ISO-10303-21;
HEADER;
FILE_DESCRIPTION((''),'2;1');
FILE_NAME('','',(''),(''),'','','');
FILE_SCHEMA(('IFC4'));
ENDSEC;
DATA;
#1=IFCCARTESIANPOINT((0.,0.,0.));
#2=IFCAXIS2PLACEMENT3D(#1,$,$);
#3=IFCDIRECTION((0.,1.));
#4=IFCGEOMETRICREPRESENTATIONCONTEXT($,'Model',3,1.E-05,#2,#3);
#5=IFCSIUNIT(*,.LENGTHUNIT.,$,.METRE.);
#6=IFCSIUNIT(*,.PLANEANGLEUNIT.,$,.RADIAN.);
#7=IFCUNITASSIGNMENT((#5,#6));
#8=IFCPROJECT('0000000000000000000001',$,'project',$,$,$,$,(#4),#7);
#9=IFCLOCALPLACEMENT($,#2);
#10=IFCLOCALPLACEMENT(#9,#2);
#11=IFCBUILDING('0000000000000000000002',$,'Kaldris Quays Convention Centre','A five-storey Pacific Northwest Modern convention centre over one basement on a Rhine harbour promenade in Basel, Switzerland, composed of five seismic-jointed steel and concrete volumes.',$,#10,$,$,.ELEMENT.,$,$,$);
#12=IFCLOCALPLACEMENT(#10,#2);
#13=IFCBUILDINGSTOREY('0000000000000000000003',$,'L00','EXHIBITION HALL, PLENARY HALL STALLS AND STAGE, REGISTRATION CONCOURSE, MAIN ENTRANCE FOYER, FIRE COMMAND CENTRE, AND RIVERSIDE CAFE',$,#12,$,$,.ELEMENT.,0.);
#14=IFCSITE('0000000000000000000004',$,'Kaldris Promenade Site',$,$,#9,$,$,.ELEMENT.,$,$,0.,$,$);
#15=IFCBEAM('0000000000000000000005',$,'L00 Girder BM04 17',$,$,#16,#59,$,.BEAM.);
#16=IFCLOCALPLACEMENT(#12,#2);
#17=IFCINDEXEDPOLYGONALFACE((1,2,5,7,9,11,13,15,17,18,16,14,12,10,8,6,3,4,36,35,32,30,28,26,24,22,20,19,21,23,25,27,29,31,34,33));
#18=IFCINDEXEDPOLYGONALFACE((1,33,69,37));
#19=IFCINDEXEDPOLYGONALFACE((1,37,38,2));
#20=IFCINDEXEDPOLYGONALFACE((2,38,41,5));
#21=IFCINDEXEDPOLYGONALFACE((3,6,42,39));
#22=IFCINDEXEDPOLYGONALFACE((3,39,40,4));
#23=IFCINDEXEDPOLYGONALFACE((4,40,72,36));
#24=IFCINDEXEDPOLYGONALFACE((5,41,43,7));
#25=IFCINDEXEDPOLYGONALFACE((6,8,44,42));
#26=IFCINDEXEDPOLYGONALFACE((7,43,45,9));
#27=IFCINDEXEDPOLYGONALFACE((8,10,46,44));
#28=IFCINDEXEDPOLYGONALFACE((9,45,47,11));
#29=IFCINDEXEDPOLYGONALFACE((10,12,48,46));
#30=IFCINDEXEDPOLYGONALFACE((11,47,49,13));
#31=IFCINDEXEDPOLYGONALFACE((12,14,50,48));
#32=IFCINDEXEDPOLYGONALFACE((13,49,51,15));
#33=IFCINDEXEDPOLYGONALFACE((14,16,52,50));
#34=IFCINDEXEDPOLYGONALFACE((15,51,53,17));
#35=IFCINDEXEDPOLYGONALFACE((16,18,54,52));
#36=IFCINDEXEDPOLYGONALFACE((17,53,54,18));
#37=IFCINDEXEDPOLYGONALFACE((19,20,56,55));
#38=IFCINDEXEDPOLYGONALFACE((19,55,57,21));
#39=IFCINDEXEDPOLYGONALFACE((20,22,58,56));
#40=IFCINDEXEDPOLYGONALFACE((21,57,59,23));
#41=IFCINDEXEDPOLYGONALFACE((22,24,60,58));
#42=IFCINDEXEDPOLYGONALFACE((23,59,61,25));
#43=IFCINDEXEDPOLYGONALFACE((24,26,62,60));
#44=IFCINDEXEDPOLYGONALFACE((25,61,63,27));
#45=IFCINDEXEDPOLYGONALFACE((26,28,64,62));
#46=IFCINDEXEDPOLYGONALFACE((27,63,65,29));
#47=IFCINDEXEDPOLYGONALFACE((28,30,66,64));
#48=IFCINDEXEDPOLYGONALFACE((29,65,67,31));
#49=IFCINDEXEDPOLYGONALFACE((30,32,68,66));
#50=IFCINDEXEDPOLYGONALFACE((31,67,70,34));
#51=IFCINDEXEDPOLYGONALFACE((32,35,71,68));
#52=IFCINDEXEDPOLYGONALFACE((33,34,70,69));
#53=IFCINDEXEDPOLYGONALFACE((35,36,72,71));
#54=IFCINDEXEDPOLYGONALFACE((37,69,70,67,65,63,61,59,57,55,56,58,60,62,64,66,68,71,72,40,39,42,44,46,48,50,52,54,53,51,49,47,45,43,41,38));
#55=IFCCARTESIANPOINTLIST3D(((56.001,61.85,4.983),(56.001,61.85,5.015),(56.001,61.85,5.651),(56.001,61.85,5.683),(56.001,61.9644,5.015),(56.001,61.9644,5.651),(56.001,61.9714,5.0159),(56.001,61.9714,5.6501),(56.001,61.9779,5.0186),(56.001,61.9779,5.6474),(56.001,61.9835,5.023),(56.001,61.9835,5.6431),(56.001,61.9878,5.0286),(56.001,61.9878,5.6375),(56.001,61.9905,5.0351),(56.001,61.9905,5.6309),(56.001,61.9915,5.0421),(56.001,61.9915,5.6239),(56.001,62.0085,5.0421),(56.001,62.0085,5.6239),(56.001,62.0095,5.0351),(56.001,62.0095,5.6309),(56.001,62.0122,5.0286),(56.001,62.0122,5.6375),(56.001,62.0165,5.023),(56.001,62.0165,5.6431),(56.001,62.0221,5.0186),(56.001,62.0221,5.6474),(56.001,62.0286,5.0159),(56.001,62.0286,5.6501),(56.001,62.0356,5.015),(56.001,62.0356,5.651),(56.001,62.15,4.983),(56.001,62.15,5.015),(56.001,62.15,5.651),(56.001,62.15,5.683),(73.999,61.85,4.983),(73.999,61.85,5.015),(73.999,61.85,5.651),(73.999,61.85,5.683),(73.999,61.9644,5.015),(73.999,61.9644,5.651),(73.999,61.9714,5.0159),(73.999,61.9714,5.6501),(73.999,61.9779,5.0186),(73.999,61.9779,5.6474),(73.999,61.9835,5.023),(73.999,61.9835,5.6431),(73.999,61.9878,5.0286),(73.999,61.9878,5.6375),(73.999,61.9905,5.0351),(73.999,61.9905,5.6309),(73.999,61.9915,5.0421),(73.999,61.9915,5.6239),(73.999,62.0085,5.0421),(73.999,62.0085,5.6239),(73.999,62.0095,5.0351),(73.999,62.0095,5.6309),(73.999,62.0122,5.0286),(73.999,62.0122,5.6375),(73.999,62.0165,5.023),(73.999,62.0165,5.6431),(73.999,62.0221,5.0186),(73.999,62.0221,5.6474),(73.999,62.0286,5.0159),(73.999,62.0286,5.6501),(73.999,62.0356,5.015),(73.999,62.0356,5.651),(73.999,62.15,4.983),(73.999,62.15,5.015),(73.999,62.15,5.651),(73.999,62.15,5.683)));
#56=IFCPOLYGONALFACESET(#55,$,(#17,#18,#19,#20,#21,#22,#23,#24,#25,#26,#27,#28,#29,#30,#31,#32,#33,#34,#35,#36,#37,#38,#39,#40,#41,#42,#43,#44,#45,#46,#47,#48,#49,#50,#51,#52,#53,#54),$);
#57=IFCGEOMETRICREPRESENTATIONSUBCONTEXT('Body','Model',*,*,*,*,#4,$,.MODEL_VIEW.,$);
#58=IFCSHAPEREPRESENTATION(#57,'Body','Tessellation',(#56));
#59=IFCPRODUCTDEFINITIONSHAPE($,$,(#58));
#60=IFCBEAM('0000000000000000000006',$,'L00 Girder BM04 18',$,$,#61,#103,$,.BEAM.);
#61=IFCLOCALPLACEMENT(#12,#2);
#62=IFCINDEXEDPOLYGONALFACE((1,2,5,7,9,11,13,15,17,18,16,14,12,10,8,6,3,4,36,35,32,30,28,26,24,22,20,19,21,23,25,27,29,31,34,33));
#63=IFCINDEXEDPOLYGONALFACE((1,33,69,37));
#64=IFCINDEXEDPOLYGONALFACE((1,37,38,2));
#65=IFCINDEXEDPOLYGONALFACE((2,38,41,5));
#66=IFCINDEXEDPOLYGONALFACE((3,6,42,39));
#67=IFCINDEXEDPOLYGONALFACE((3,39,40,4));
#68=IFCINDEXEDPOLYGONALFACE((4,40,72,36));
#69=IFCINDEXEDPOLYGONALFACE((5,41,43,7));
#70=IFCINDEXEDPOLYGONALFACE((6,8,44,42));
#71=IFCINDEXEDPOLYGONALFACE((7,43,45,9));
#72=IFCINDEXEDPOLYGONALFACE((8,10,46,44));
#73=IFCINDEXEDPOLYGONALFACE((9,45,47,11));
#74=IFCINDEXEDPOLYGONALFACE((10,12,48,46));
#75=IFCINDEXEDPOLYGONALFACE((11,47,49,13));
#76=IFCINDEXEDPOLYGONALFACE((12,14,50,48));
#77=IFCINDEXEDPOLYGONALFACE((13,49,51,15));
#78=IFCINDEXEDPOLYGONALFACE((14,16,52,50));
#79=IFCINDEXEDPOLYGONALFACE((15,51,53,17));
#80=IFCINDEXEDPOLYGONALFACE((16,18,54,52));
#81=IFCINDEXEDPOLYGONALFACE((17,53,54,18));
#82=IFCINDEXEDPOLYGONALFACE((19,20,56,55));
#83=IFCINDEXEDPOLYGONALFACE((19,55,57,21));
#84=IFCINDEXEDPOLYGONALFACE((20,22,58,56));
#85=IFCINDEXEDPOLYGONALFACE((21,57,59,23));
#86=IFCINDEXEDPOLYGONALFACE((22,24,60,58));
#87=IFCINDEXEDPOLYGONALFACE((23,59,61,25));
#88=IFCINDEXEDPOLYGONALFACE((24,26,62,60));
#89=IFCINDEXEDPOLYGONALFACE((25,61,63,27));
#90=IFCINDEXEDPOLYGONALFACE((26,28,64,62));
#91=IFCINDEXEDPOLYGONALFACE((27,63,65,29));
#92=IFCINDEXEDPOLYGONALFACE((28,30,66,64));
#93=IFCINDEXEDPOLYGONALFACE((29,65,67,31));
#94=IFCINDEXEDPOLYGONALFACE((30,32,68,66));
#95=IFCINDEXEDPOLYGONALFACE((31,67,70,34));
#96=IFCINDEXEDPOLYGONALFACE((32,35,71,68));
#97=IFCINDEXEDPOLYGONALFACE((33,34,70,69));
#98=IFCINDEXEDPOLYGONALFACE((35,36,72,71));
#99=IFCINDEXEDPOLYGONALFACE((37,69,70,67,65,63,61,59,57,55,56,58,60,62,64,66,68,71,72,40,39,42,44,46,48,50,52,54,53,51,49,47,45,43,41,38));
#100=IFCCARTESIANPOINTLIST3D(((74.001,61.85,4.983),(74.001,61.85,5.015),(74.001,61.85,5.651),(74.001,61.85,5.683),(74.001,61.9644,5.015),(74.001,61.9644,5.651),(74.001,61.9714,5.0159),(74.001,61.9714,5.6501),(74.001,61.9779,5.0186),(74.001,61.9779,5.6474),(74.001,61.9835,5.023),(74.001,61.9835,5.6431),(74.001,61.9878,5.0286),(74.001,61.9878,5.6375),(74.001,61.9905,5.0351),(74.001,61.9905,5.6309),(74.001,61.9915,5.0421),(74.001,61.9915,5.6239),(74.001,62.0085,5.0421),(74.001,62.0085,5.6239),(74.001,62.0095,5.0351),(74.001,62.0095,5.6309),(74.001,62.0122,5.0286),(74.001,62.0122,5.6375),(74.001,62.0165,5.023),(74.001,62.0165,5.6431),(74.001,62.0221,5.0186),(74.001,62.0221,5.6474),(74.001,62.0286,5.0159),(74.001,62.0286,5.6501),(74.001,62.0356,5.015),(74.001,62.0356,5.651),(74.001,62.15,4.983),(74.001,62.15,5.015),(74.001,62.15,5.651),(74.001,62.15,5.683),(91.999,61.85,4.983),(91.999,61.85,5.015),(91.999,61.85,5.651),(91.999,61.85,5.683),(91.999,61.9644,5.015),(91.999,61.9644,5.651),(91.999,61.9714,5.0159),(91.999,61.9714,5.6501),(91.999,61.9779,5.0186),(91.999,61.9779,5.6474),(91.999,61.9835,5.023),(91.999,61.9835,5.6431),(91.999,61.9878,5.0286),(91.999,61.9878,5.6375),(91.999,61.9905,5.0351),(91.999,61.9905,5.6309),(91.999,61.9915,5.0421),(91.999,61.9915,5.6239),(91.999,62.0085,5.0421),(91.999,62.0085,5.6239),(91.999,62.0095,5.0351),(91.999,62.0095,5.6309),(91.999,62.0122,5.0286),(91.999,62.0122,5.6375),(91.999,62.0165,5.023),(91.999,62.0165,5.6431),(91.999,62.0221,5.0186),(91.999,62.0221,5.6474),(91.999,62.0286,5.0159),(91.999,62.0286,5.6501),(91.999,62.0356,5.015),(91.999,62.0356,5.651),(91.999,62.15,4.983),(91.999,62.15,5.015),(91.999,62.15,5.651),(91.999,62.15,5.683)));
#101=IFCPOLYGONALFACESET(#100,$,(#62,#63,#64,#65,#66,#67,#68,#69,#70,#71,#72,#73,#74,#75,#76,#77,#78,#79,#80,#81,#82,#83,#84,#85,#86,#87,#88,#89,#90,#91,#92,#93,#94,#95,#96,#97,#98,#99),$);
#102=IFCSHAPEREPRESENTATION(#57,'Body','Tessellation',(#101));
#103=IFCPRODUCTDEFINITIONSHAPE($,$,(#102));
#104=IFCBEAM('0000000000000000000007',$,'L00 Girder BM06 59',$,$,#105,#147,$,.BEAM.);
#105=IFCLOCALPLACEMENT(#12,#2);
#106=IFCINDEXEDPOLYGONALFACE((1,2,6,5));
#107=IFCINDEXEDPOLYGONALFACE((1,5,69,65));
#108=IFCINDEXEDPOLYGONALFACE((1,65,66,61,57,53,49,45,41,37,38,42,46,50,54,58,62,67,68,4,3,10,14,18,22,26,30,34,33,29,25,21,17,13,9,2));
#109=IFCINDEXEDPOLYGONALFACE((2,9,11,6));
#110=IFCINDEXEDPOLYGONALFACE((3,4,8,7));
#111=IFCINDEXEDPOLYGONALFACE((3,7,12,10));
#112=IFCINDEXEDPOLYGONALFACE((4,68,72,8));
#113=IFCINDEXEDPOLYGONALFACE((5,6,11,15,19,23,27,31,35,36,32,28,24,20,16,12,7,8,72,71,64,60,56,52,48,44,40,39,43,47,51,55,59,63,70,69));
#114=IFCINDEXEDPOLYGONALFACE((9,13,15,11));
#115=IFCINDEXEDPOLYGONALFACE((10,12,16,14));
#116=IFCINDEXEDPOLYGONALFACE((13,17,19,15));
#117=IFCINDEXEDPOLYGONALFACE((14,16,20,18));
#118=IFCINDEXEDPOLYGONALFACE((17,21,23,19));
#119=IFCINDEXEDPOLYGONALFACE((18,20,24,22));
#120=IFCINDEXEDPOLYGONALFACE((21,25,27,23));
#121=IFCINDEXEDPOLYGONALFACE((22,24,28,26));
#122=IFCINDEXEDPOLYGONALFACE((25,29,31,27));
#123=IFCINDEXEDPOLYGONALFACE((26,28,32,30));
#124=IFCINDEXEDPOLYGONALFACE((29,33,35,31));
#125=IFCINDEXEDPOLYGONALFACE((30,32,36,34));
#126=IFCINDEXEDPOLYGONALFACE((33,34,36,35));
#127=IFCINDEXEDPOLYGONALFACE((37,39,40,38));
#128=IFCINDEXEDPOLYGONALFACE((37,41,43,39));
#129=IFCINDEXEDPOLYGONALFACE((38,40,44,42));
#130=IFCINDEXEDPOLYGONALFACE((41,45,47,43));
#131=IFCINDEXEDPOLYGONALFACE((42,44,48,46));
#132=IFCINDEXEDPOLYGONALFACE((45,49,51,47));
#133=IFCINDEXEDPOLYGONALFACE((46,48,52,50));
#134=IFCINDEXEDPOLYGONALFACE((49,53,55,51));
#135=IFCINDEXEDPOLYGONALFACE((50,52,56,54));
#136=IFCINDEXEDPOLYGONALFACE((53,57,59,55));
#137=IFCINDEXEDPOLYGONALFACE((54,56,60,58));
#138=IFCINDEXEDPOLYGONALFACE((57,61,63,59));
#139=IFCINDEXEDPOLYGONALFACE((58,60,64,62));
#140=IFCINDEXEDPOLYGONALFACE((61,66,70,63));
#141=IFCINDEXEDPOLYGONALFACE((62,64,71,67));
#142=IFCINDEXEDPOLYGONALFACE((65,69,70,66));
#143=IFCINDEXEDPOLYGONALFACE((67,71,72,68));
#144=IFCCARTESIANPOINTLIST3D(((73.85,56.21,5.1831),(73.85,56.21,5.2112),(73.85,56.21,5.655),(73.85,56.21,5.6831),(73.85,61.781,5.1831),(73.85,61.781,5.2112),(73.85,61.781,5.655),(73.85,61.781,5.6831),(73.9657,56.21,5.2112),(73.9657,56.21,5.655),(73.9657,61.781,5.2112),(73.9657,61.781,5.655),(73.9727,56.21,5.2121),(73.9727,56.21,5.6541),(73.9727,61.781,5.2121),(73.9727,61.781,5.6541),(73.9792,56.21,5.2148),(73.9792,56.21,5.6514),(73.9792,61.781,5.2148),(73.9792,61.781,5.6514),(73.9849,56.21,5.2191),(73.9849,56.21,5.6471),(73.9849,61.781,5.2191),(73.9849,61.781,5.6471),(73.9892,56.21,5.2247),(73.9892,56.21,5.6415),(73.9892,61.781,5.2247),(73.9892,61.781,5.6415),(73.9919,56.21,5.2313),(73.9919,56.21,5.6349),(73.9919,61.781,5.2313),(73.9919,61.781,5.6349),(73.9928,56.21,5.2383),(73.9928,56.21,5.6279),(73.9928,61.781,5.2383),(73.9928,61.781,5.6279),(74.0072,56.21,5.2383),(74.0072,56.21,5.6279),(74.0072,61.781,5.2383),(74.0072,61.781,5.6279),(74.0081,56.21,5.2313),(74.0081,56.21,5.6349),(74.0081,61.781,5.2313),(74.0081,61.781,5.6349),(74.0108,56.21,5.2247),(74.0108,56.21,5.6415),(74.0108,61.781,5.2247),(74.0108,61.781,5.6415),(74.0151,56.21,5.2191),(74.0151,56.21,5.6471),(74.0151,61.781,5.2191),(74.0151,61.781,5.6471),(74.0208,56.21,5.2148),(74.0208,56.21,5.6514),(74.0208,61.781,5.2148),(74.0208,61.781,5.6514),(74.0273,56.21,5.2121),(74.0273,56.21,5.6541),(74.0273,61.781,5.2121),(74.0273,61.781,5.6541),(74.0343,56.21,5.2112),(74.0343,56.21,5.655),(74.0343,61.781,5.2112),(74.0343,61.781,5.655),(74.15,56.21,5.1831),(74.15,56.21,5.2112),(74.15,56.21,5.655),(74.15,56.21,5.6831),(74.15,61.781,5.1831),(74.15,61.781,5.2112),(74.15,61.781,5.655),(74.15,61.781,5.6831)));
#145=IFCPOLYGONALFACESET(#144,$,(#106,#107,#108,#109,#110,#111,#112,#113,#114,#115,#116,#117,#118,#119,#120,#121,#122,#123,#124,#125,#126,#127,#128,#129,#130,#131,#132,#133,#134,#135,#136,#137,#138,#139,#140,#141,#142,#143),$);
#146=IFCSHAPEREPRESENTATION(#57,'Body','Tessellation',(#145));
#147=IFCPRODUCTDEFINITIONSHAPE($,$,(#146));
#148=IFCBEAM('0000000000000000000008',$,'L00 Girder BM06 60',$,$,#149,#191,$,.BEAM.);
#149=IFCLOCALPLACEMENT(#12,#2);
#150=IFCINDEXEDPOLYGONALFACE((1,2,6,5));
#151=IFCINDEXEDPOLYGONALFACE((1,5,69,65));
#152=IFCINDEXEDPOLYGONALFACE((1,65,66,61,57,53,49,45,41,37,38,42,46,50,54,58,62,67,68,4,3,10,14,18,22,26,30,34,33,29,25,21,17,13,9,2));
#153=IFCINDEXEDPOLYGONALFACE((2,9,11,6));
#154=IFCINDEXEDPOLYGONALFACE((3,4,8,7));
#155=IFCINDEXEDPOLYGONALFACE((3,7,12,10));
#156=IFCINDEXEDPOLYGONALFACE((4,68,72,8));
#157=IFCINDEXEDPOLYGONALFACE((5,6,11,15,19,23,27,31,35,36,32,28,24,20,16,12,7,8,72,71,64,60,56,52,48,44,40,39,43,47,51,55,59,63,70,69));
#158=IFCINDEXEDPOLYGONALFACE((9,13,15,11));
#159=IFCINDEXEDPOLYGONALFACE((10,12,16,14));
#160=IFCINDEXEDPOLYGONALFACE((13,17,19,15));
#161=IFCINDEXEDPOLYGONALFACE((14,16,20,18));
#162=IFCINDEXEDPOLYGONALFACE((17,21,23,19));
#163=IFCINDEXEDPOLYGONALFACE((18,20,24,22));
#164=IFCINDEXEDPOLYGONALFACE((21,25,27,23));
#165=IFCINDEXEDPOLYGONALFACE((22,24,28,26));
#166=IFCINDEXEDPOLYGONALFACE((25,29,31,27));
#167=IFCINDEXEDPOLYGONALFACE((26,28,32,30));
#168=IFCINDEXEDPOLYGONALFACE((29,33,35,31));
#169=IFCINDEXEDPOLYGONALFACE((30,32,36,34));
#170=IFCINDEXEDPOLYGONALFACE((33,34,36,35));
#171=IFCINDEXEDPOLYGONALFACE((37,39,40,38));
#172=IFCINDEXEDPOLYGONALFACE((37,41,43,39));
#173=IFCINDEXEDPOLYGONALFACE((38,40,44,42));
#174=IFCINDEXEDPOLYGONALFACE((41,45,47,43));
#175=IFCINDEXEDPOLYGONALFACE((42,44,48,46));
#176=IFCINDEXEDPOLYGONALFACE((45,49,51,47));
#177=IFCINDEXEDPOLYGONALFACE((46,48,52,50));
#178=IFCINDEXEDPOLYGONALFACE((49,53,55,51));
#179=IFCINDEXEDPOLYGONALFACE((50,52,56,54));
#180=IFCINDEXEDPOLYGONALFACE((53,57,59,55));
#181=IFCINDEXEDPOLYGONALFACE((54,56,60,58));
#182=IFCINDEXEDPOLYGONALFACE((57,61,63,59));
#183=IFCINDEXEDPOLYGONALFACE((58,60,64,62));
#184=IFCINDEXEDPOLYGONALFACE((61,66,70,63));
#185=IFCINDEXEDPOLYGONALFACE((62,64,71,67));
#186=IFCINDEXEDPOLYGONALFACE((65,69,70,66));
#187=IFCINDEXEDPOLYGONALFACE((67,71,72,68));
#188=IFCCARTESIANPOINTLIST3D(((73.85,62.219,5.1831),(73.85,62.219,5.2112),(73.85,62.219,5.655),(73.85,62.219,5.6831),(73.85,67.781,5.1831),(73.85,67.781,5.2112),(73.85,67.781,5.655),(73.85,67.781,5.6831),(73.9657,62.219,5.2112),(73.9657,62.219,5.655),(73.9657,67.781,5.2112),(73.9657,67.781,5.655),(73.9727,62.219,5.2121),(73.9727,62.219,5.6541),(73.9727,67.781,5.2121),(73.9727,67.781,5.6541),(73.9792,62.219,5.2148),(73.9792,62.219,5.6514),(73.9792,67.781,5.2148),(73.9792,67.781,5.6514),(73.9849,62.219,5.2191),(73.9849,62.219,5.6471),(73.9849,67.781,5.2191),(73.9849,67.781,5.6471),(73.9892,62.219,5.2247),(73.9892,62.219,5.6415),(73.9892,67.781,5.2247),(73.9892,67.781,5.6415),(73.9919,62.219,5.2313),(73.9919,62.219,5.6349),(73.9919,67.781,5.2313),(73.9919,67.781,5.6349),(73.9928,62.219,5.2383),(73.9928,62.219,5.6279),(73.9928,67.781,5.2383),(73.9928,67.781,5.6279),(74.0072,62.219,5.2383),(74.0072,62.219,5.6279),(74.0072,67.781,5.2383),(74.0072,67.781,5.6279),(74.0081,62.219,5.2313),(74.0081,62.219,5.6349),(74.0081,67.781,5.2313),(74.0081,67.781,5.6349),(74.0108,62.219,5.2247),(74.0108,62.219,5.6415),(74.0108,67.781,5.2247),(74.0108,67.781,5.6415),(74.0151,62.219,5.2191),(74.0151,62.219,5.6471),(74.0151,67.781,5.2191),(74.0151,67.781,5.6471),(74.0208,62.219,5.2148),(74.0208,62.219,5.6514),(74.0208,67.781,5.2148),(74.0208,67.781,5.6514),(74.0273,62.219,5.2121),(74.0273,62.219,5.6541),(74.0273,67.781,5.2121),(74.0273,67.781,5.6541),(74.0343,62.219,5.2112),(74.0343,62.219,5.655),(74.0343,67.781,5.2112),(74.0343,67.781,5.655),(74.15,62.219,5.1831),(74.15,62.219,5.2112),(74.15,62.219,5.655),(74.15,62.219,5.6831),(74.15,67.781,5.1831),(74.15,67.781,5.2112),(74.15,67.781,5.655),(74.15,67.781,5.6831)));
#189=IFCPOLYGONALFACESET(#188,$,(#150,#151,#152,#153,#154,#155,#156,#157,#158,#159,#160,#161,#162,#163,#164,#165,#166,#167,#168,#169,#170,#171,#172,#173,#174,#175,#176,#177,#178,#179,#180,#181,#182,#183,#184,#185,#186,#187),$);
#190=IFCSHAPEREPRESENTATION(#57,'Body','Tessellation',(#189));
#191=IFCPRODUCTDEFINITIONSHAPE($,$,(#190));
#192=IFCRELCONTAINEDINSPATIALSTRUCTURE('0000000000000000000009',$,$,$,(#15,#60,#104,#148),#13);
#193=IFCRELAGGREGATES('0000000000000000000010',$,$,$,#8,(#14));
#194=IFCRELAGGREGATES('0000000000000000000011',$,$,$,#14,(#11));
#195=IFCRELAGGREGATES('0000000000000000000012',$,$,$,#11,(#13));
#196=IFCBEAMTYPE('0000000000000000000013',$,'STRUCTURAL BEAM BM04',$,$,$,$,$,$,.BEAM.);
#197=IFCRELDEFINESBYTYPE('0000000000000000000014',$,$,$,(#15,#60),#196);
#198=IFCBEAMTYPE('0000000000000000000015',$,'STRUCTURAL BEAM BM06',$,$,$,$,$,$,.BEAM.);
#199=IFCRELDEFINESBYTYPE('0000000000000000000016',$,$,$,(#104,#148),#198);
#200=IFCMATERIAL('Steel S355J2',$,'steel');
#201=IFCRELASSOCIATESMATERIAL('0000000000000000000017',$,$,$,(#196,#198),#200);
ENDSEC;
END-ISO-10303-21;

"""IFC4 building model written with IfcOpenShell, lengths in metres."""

from ifc_helpers import new_model, si_unit, direction, frame, origin, origin_2d, place, context, subcontext, project, spatial, i_section, extrude, material, material_profile, profile_set, type_object, element, save


model = new_model("IFC4")

# Units and contexts
model_context = context("Model", 3, precision=1e-05, world=origin(), true_north=direction((0.0, 1.0)))
body_context = subcontext(model_context, "Body", "Model", "MODEL_VIEW")
ifc_project = project(units=[si_unit("LENGTHUNIT", "METRE"), si_unit("PLANEANGLEUNIT", "RADIAN")], contexts=[model_context])

# Site, building, storey
site_placement = place(None, origin())
site = spatial("IfcSite", under=ifc_project, at=site_placement, Name="Kaldris Promenade Site", CompositionType="ELEMENT", RefElevation=0.0)
building_placement = place(site_placement, origin())
building = spatial("IfcBuilding", under=site, at=building_placement, Name="Kaldris Quays Convention Centre", Description="A five-storey Pacific Northwest Modern convention centre over one basement on a Rhine harbour promenade in Basel, Switzerland, composed of five seismic-jointed steel and concrete volumes.", CompositionType="ELEMENT")
storey_placement = place(building_placement, origin())
storey = spatial("IfcBuildingStorey", under=building, at=storey_placement, Name="L00", Description="EXHIBITION HALL, PLENARY HALL STALLS AND STAGE, REGISTRATION CONCOURSE, MAIN ENTRANCE FOYER, FIRE COMMAND CENTRE, AND RIVERSIDE CAFE", CompositionType="ELEMENT", Elevation=0.0)

# Shared definitions
ifc_material_1 = material(Name="Steel S355J2", Category="steel")

# Beams
ifc_material_profile_1 = material_profile(ifc_material_1, i_section(OverallWidth=0.3, OverallDepth=0.7, WebThickness=0.0171, FlangeThickness=0.032, FilletRadius=0.0271, at=origin_2d()), Name="HEB 700")
ifc_profile_set_1 = profile_set([ifc_material_profile_1], Name="Steel S355J2")
beam_type_1 = type_object("IfcBeamType", Name="STRUCTURAL BEAM BM04", PredefinedType="BEAM", material=ifc_profile_set_1)
for number, where, z_axis, x_axis, name in (
    (1, (56.001, 62.0, 5.333), (1.0, 0.0, 0.0), (0.0, 1.0, 0.0), "L00 Girder BM04 17"),
    (2, (74.001, 62.0, 5.333), (1.0, 0.0, 0.0), (0.0, 1.0, 0.0), "L00 Girder BM04 18"),
):
    element("IfcBeam", number, at=place(storey_placement, frame(where, z_axis=z_axis, x_axis=x_axis)), inside=storey, type_object=beam_type_1, Name=name, PredefinedType="BEAM", context=body_context, shape_type="SweptSolid", body=[
        extrude(i_section(OverallWidth=0.3, OverallDepth=0.7, WebThickness=0.0171, FlangeThickness=0.032, FilletRadius=0.0271, at=origin_2d()), origin(), (0.0, 0.0, 1.0), 17.998),
    ])
ifc_material_profile_2 = material_profile(ifc_material_1, i_section(OverallWidth=0.3, OverallDepth=0.5, WebThickness=0.0144, FlangeThickness=0.0281, FilletRadius=0.0271, at=origin_2d()), Name="HEB 500")
ifc_profile_set_2 = profile_set([ifc_material_profile_2], Name="Steel S355J2")
beam_type_2 = type_object("IfcBeamType", Name="STRUCTURAL BEAM BM06", PredefinedType="BEAM", material=ifc_profile_set_2)
beam_1_placement = place(storey_placement, frame((74.0, 56.21, 5.4331), z_axis=(0.0, 1.0, 0.0), x_axis=(-1.0, 0.0, 0.0)))
element("IfcBeam", 3, at=beam_1_placement, inside=storey, type_object=beam_type_2, Name="L00 Girder BM06 59", PredefinedType="BEAM", context=body_context, shape_type="SweptSolid", body=[
    extrude(i_section(OverallWidth=0.3, OverallDepth=0.5, WebThickness=0.0144, FlangeThickness=0.0281, FilletRadius=0.0271, at=origin_2d()), origin(), (0.0, 0.0, 1.0), 5.571),
])
beam_2_placement = place(storey_placement, frame((74.0, 62.219, 5.4331), z_axis=(0.0, 1.0, 0.0), x_axis=(-1.0, 0.0, 0.0)))
element("IfcBeam", 4, at=beam_2_placement, inside=storey, type_object=beam_type_2, Name="L00 Girder BM06 60", PredefinedType="BEAM", context=body_context, shape_type="SweptSolid", body=[
    extrude(i_section(OverallWidth=0.3, OverallDepth=0.5, WebThickness=0.0144, FlangeThickness=0.0281, FilletRadius=0.0271, at=origin_2d()), origin(), (0.0, 0.0, 1.0), 5.562),
])

save(model, "model.ifc")
